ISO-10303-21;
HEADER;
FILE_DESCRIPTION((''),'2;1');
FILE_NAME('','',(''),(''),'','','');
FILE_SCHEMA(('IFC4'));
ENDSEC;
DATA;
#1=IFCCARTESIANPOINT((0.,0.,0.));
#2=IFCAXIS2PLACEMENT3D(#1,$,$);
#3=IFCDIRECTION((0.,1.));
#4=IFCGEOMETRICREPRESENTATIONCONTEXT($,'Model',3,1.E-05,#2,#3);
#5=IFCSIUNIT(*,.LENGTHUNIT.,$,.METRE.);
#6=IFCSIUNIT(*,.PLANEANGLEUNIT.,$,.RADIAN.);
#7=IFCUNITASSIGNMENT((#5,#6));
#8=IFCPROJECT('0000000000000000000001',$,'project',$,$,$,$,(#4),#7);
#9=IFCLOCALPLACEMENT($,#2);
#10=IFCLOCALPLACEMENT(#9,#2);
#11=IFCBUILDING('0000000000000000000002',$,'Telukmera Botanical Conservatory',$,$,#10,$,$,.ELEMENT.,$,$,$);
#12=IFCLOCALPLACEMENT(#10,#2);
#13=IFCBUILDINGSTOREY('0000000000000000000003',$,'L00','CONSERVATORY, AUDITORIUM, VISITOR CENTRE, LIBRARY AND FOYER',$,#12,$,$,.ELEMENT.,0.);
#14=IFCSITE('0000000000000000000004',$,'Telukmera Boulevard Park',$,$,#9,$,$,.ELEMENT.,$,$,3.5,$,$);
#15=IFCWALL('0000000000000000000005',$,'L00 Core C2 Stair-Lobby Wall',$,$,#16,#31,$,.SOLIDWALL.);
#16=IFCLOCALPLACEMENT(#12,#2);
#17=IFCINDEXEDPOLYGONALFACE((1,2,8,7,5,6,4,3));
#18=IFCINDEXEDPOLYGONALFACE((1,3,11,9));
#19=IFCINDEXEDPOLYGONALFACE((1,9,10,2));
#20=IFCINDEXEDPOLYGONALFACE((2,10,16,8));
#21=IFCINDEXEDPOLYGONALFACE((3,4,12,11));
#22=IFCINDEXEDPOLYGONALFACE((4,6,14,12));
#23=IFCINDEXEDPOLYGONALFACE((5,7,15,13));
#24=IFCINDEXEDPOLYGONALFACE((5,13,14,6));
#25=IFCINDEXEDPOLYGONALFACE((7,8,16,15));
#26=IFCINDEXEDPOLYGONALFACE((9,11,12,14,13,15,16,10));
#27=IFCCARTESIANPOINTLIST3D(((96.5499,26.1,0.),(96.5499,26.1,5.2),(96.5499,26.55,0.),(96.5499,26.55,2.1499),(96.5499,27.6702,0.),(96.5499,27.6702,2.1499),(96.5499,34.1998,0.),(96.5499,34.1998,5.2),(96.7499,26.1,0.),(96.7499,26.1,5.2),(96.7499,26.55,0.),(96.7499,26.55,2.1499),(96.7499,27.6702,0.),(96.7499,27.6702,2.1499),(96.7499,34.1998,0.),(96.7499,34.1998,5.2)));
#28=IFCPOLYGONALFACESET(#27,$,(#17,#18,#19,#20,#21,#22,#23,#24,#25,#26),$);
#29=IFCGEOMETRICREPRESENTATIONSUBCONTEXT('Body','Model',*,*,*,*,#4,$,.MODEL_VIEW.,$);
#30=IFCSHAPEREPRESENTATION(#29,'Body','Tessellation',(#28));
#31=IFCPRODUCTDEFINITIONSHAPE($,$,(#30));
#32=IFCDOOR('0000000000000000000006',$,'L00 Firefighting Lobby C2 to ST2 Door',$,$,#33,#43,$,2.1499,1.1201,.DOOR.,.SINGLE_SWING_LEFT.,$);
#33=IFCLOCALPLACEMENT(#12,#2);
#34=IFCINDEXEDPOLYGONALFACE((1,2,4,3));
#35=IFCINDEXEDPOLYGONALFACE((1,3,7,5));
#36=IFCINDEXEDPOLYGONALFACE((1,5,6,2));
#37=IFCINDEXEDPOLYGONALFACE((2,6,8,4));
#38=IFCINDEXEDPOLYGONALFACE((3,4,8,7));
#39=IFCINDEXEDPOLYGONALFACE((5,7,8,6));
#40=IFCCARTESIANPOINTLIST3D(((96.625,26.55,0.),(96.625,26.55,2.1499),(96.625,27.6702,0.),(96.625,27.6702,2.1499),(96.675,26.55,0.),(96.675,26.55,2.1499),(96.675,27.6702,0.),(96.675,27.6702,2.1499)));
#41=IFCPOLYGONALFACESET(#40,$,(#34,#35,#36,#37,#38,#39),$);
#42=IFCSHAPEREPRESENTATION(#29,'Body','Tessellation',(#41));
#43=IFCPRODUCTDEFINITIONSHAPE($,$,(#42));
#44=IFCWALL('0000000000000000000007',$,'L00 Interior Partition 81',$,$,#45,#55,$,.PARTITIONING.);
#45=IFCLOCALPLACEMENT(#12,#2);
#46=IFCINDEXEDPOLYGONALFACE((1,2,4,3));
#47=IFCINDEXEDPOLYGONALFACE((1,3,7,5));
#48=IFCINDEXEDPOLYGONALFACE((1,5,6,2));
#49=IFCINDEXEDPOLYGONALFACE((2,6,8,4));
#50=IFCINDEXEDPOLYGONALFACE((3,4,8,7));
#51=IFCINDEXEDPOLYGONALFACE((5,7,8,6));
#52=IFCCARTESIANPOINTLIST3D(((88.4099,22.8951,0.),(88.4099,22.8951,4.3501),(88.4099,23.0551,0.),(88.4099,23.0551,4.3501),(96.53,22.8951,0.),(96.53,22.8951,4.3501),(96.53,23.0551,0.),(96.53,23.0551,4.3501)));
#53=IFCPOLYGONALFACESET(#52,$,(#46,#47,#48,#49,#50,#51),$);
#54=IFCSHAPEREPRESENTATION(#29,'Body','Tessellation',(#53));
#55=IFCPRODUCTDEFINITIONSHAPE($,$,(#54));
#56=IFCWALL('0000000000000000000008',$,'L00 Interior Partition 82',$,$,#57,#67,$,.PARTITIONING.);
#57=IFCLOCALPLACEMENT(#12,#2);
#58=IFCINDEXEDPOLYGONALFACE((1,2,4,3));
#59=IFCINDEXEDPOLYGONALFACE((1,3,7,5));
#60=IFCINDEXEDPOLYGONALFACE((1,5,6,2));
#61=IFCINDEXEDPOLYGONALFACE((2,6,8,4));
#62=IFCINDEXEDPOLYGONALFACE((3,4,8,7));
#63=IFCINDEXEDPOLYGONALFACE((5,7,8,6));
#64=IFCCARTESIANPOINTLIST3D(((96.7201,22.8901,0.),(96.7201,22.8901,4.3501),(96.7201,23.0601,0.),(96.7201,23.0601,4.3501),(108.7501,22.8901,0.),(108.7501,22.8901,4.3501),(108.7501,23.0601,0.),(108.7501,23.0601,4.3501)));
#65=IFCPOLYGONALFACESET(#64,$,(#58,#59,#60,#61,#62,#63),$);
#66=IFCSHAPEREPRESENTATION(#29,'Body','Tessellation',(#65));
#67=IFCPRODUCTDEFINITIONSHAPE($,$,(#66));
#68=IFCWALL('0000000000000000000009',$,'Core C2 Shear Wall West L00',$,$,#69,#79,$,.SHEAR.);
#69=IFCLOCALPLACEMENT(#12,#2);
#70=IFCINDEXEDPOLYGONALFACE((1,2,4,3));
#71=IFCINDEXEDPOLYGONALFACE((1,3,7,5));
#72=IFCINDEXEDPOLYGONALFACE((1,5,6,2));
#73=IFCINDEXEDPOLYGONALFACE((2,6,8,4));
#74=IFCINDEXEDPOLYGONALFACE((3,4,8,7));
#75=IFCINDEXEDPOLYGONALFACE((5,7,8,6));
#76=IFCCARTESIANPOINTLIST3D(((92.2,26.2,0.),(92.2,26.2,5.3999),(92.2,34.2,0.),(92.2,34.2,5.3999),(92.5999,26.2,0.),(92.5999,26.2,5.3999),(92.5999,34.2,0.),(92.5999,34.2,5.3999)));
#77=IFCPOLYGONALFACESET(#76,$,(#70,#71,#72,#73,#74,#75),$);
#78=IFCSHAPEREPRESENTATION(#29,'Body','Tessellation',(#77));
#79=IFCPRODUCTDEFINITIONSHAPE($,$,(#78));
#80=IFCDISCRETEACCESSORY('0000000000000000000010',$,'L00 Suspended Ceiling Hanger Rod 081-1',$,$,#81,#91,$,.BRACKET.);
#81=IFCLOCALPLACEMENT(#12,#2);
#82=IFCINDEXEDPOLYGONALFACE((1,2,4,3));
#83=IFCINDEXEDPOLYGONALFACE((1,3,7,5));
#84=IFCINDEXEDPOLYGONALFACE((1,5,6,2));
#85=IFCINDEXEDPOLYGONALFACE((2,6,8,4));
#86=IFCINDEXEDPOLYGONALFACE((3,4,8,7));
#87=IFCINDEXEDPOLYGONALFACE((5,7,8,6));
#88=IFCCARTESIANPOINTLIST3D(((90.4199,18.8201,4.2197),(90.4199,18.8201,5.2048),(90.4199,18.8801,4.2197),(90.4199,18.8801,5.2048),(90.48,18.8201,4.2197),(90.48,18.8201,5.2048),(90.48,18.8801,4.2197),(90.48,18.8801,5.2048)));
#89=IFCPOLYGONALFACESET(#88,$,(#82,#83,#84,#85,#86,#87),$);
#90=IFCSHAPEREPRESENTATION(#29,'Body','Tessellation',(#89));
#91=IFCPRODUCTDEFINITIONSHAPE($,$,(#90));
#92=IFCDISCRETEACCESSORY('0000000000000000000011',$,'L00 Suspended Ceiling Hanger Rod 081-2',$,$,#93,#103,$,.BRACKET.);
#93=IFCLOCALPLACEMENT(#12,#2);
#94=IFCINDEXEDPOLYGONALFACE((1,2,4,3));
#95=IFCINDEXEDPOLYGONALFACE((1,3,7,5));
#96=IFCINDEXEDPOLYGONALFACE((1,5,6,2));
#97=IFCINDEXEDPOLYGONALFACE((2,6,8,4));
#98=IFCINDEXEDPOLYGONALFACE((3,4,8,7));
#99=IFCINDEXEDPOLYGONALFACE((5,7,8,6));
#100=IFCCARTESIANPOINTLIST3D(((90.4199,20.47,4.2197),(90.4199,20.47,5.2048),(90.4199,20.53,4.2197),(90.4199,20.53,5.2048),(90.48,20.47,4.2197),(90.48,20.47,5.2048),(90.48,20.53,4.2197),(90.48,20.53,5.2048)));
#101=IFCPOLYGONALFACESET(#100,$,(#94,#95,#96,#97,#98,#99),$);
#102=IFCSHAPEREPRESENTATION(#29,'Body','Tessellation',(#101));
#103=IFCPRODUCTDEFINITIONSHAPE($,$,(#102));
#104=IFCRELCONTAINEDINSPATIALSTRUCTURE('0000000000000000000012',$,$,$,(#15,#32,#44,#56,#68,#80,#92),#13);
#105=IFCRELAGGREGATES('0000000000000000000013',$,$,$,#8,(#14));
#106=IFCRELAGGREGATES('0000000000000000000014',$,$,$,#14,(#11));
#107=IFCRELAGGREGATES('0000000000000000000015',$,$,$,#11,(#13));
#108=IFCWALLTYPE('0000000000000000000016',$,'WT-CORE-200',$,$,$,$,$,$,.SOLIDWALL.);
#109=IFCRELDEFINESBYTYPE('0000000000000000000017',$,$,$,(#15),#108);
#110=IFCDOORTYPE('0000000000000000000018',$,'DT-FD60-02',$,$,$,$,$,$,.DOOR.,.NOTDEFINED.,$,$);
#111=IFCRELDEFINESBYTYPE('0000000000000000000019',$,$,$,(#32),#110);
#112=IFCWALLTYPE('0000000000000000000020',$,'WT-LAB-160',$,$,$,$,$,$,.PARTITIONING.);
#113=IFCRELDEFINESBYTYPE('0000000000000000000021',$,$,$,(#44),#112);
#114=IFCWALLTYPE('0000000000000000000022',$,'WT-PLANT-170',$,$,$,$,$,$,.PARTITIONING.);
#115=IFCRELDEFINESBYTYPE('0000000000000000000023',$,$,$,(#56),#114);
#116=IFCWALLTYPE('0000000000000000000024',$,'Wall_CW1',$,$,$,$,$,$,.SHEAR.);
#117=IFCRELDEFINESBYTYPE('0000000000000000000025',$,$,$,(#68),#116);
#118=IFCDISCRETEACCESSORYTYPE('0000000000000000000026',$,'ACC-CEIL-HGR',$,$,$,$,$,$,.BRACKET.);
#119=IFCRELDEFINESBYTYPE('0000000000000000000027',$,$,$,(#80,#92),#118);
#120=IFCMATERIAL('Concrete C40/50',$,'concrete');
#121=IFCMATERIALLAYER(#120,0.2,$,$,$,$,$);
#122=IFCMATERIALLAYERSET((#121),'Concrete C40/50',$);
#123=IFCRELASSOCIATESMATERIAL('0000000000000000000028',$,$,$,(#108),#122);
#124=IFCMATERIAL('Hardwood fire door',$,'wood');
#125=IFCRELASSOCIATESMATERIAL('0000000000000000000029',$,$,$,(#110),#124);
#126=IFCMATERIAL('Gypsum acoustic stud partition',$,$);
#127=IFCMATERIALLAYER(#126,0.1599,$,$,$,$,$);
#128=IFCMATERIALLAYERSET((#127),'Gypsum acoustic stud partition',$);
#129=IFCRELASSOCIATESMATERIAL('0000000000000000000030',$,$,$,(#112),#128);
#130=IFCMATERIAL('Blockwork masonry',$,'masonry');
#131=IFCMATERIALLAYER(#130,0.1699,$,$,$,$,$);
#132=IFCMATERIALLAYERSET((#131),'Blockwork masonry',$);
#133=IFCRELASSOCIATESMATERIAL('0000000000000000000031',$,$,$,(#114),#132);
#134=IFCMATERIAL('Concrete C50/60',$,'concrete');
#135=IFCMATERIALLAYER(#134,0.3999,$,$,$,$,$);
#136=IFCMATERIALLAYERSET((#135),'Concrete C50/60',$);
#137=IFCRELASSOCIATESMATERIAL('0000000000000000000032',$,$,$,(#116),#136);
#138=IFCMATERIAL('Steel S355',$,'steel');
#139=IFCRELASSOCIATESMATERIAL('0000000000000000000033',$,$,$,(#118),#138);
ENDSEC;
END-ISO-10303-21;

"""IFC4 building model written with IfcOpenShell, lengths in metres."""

from ifc_helpers import new_model, si_unit, direction, frame, frame_2d, origin, origin_2d, place, context, subcontext, project, spatial, rectangle, extrude, material, layer, layer_set, type_object, element, fill, save


model = new_model("IFC4")

# Units and contexts
model_context = context("Model", 3, precision=1e-05, world=origin(), true_north=direction((0.0, 1.0)))
body_context = subcontext(model_context, "Body", "Model", "MODEL_VIEW")
ifc_project = project(units=[si_unit("LENGTHUNIT", "METRE"), si_unit("PLANEANGLEUNIT", "RADIAN")], contexts=[model_context])

# Site, building, storey
site_placement = place(None, origin())
site = spatial("IfcSite", under=ifc_project, at=site_placement, Name="Telukmera Boulevard Park", CompositionType="ELEMENT", RefElevation=3.5)
building_placement = place(site_placement, origin())
building = spatial("IfcBuilding", under=site, at=building_placement, Name="Telukmera Botanical Conservatory", CompositionType="ELEMENT")
storey_placement = place(building_placement, origin())
storey = spatial("IfcBuildingStorey", under=building, at=storey_placement, Name="L00", Description="CONSERVATORY, AUDITORIUM, VISITOR CENTRE, LIBRARY AND FOYER", CompositionType="ELEMENT", Elevation=0.0)

# Shared definitions
ifc_material_1 = material(Name="Concrete C50/60", Category="concrete")

# Shared definitions
ifc_material_2 = material(Name="Concrete C40/50", Category="concrete")

# Shared definitions
ifc_layer_1 = layer(ifc_material_2, 0.2)
ifc_layer_set_1 = layer_set([ifc_layer_1], Name="Concrete C40/50")
wall_type_1 = type_object("IfcWallType", Name="WT-CORE-200", PredefinedType="SOLIDWALL", material=ifc_layer_set_1)
ifc_material_3 = material(Name="Hardwood fire door", Category="wood")

# Wall, opening, door
wall_1_placement = place(storey_placement, frame((96.6499, 26.1001, 0.0), z_axis=(0.0, 0.0, 1.0), x_axis=(0.0, 1.0, 0.0)))
wall_1 = element("IfcWall", 1, at=wall_1_placement, inside=storey, type_object=wall_type_1, Name="L00 Core C2 Stair-Lobby Wall", PredefinedType="SOLIDWALL", context=body_context, shape_type="SweptSolid", body=[
    extrude(rectangle(XDim=8.0999, YDim=0.2, at=frame_2d((4.0498, 0.0))), origin(), (0.0, 0.0, 1.0), 5.2),
])
opening_1_placement = place(wall_1_placement, frame((0.45, 0.0, 0.0)))
opening_1 = element("IfcOpeningElement", 2, at=opening_1_placement, cuts=wall_1, PredefinedType="OPENING", context=body_context, shape_type="SweptSolid", body=[
    extrude(rectangle(XDim=1.1201, YDim=2.1499, at=frame_2d((0.5601, 1.075))), frame((0.0, 0.1099, 0.0), z_axis=(0.0, -1.0, 0.0), x_axis=(1.0, 0.0, 0.0)), (0.0, 0.0, 1.0), 0.22),
])
door_type_1 = type_object("IfcDoorType", Name="DT-FD60-02", OperationType="NOTDEFINED", PredefinedType="DOOR", material=ifc_material_3)
door_1_placement = place(opening_1_placement, origin())
door_1 = element("IfcDoor", 3, at=door_1_placement, inside=storey, type_object=door_type_1, Name="L00 Firefighting Lobby C2 to ST2 Door", OperationType="SINGLE_SWING_LEFT", OverallHeight=2.1499, OverallWidth=1.1201, PredefinedType="DOOR", context=body_context, shape_type="SweptSolid", body=[
    extrude(rectangle(XDim=1.1201, YDim=2.1499, at=frame_2d((0.5601, 1.075))), frame((0.0, 0.0249, 0.0), z_axis=(0.0, -1.0, 0.0), x_axis=(1.0, 0.0, 0.0)), (0.0, 0.0, 1.0), 0.05),
])
fill(opening_1, door_1)

# Wall
ifc_material_4 = material(Name="Gypsum acoustic stud partition")
ifc_layer_2 = layer(ifc_material_4, 0.1599)
ifc_layer_set_2 = layer_set([ifc_layer_2], Name="Gypsum acoustic stud partition")
wall_type_2 = type_object("IfcWallType", Name="WT-LAB-160", PredefinedType="PARTITIONING", material=ifc_layer_set_2)
wall_2_placement = place(storey_placement, frame((88.4099, 22.9751, 0.0), z_axis=(0.0, 0.0, 1.0), x_axis=(1.0, 0.0, 0.0)))
element("IfcWall", 4, at=wall_2_placement, inside=storey, type_object=wall_type_2, Name="L00 Interior Partition 81", PredefinedType="PARTITIONING", context=body_context, shape_type="SweptSolid", body=[
    extrude(rectangle(XDim=8.1201, YDim=0.1599, at=frame_2d((4.0601, 0.0))), origin(), (0.0, 0.0, 1.0), 4.3501),
])

# Shared definitions
ifc_material_5 = material(Name="Blockwork masonry", Category="masonry")
ifc_layer_3 = layer(ifc_material_5, 0.1699)
ifc_layer_set_3 = layer_set([ifc_layer_3], Name="Blockwork masonry")
wall_type_3 = type_object("IfcWallType", Name="WT-PLANT-170", PredefinedType="PARTITIONING", material=ifc_layer_set_3)

# Walls
wall_3_placement = place(storey_placement, frame((96.72, 22.9751, 0.0), z_axis=(0.0, 0.0, 1.0), x_axis=(1.0, 0.0, 0.0)))
element("IfcWall", 5, at=wall_3_placement, inside=storey, type_object=wall_type_3, Name="L00 Interior Partition 82", PredefinedType="PARTITIONING", context=body_context, shape_type="SweptSolid", body=[
    extrude(rectangle(XDim=12.03, YDim=0.1699, at=frame_2d((6.0151, 0.0))), origin(), (0.0, 0.0, 1.0), 4.3501),
])
ifc_layer_4 = layer(ifc_material_1, 0.3999)
ifc_layer_set_4 = layer_set([ifc_layer_4], Name="Concrete C50/60")
wall_type_4 = type_object("IfcWallType", Name="Wall_CW1", PredefinedType="SHEAR", material=ifc_layer_set_4)
wall_4_placement = place(storey_placement, frame((92.3999, 26.2, 0.0), z_axis=(0.0, 0.0, 1.0), x_axis=(0.0, 1.0, 0.0)))
element("IfcWall", 6, at=wall_4_placement, inside=storey, type_object=wall_type_4, Name="Core C2 Shear Wall West L00", PredefinedType="SHEAR", context=body_context, shape_type="SweptSolid", body=[
    extrude(rectangle(XDim=8.0, YDim=0.3999, at=frame_2d((4.0, 0.0))), origin(), (0.0, 0.0, 1.0), 5.3999),
])

# Discrete accessories
ifc_material_6 = material(Name="Steel S355", Category="steel")
discrete_accessory_type = type_object("IfcDiscreteAccessoryType", Name="ACC-CEIL-HGR", PredefinedType="BRACKET", material=ifc_material_6)
for number, where, z_axis, x_axis, name in (
    (7, (90.45, 18.8501, 4.2197), (0.0, 0.0, 1.0), (1.0, 0.0, 0.0), "L00 Suspended Ceiling Hanger Rod 081-1"),
    (8, (90.45, 20.5, 4.2197), (0.0, 0.0, 1.0), (1.0, 0.0, 0.0), "L00 Suspended Ceiling Hanger Rod 081-2"),
):
    element("IfcDiscreteAccessory", number, at=place(storey_placement, frame(where, z_axis=z_axis, x_axis=x_axis)), inside=storey, type_object=discrete_accessory_type, Name=name, PredefinedType="BRACKET", context=body_context, shape_type="SweptSolid", body=[
        extrude(rectangle(XDim=0.0601, YDim=0.0601, at=origin_2d()), origin(), (0.0, 0.0, 1.0), 0.9851),
    ])

save(model, "model.ifc")
